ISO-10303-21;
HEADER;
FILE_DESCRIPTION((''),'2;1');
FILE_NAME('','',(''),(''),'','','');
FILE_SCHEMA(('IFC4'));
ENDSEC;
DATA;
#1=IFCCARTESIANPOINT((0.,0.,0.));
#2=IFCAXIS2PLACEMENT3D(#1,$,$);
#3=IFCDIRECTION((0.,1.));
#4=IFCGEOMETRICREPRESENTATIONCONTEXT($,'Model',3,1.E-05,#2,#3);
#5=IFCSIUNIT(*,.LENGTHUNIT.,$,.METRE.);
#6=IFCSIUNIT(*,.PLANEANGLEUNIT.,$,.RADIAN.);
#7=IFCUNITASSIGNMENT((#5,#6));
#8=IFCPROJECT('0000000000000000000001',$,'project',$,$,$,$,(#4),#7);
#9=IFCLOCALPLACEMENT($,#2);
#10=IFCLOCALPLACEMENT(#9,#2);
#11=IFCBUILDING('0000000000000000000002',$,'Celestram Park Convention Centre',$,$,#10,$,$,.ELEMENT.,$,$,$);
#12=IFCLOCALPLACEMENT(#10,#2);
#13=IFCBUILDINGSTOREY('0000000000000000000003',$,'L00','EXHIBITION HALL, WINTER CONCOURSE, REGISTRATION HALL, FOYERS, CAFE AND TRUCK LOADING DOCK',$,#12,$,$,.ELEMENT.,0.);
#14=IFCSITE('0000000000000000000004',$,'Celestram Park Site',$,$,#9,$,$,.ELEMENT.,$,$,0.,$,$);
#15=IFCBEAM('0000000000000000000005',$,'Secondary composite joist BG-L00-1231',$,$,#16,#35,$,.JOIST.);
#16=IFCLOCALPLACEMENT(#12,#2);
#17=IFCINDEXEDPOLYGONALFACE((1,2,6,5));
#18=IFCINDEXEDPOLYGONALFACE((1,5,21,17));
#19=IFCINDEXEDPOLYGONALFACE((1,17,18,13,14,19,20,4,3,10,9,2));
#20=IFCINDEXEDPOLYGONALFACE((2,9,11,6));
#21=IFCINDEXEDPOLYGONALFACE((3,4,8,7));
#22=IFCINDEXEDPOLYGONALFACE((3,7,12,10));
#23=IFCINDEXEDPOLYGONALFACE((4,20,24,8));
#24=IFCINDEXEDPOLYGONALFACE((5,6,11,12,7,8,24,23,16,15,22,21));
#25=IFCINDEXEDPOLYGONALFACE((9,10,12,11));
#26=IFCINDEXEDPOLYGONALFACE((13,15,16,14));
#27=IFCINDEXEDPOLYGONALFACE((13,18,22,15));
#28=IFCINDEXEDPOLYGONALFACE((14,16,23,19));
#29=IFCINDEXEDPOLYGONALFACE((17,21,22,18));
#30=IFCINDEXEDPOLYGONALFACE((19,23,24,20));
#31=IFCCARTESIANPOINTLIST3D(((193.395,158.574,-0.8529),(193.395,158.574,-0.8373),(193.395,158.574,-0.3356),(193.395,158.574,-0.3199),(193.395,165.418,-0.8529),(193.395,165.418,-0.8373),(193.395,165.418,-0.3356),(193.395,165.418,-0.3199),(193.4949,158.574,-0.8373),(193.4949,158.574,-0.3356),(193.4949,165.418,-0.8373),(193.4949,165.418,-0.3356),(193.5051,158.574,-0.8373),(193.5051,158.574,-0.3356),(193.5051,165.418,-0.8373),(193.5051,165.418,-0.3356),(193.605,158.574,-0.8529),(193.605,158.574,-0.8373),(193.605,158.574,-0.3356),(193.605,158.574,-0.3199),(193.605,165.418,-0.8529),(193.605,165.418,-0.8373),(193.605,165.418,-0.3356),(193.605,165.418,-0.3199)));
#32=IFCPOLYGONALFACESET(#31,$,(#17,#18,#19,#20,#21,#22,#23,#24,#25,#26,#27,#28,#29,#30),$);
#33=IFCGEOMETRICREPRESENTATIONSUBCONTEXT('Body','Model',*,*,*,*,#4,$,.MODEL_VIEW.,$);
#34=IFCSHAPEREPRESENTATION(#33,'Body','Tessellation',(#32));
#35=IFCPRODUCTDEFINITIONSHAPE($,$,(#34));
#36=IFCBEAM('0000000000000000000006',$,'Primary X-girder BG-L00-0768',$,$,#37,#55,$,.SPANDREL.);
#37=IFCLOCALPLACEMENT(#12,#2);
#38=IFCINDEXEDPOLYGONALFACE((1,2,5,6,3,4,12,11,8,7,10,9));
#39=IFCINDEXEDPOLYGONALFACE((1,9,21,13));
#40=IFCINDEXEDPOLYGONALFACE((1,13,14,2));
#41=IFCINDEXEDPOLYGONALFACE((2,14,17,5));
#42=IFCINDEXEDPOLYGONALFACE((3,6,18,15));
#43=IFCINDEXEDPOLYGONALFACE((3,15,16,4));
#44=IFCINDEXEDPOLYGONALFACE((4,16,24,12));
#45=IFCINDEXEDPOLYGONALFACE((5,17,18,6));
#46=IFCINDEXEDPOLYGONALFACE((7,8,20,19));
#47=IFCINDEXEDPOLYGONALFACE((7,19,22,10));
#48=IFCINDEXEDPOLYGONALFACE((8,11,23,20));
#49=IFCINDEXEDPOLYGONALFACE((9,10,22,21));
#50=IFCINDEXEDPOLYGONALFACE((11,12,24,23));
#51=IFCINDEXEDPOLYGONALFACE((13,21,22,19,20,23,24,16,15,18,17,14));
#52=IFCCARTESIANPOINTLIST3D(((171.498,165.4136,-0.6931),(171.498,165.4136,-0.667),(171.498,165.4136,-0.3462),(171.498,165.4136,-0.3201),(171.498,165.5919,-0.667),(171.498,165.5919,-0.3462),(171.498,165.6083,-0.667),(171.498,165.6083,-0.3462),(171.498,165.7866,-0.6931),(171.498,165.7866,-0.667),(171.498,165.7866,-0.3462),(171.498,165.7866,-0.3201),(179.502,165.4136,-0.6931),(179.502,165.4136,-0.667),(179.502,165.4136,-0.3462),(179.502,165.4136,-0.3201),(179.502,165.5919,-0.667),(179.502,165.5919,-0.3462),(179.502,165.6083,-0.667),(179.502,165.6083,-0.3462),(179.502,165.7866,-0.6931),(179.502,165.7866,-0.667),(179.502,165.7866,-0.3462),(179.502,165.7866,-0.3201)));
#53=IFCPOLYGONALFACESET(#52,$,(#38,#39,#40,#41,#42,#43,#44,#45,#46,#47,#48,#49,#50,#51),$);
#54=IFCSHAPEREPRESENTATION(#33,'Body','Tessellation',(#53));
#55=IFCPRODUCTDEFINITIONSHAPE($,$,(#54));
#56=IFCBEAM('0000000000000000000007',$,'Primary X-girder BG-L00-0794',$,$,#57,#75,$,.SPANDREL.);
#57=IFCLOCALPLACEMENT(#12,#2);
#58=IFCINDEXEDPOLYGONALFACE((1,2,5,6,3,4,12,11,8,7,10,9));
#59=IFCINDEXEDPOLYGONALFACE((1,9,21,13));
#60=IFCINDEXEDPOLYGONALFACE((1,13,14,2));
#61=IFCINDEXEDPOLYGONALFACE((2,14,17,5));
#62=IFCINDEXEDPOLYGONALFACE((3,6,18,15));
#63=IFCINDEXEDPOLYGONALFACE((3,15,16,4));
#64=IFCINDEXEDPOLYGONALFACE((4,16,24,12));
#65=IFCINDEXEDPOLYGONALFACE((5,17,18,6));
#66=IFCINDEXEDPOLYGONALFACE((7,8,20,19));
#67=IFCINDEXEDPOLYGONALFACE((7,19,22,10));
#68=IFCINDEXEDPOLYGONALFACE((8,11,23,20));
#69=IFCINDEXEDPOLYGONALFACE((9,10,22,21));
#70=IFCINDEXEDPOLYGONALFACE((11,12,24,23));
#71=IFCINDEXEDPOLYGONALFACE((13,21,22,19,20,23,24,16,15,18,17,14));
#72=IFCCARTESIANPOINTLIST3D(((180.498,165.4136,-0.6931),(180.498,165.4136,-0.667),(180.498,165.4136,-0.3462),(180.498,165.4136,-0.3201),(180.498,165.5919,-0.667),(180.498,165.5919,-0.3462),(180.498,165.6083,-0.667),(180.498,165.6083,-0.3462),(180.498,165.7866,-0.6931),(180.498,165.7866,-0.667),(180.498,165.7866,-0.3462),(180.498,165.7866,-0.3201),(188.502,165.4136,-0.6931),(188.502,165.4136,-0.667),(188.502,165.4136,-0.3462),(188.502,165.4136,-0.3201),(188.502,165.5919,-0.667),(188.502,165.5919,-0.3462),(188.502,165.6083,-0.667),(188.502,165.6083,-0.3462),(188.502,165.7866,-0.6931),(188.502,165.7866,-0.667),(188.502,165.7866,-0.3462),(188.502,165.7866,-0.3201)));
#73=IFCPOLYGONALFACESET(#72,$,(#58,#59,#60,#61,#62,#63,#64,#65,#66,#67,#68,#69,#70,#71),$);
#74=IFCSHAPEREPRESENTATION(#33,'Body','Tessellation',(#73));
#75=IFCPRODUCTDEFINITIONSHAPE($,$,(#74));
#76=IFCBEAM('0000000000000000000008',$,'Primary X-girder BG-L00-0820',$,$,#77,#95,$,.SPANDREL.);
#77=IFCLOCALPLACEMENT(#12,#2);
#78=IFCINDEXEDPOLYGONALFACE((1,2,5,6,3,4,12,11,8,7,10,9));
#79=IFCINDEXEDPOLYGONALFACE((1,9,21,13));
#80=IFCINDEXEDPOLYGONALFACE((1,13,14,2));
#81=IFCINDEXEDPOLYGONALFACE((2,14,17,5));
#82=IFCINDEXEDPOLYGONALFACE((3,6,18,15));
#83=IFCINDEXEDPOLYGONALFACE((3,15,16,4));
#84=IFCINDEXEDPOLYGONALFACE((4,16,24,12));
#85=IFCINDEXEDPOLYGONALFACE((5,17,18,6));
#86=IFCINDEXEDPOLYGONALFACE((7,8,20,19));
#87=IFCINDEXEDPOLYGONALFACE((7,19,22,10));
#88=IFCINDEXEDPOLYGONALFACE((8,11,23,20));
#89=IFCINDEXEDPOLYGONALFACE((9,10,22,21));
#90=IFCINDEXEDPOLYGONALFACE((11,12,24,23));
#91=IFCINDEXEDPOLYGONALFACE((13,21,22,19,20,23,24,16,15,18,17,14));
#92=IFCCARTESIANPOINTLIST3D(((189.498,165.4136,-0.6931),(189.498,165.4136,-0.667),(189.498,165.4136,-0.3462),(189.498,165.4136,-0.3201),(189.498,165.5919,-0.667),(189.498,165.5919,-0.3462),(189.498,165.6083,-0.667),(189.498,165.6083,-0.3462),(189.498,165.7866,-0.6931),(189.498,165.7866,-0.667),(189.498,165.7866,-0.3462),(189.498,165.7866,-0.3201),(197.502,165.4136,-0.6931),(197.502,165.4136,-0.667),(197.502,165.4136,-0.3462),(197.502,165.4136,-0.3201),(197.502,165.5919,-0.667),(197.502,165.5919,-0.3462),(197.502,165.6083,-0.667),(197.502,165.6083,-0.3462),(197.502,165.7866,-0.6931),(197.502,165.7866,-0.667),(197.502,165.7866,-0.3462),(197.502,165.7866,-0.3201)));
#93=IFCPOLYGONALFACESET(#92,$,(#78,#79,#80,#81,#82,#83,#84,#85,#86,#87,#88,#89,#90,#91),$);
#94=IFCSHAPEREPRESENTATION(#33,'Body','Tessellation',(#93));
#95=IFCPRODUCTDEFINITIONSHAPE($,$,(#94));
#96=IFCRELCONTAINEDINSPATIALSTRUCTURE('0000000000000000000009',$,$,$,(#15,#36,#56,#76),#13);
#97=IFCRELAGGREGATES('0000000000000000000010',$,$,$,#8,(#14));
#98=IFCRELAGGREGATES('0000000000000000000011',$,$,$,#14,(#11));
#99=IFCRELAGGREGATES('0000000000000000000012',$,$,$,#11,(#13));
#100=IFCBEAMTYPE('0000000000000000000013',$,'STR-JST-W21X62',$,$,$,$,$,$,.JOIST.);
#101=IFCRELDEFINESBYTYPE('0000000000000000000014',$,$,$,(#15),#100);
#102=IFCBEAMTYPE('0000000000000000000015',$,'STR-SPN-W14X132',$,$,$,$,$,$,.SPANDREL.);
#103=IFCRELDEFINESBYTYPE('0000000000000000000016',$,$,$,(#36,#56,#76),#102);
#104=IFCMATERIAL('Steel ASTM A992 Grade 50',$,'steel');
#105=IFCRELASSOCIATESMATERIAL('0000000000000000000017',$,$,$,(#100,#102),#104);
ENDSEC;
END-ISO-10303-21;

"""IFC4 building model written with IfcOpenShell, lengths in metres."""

from ifc_helpers import new_model, si_unit, direction, frame, origin, origin_2d, place, context, subcontext, project, spatial, i_section, extrude, material, material_profile, profile_set, type_object, element, save


model = new_model("IFC4")

# Units and contexts
model_context = context("Model", 3, precision=1e-05, world=origin(), true_north=direction((0.0, 1.0)))
body_context = subcontext(model_context, "Body", "Model", "MODEL_VIEW")
ifc_project = project(units=[si_unit("LENGTHUNIT", "METRE"), si_unit("PLANEANGLEUNIT", "RADIAN")], contexts=[model_context])

# Site, building, storey
site_placement = place(None, origin())
site = spatial("IfcSite", under=ifc_project, at=site_placement, Name="Celestram Park Site", CompositionType="ELEMENT", RefElevation=0.0)
building_placement = place(site_placement, origin())
building = spatial("IfcBuilding", under=site, at=building_placement, Name="Celestram Park Convention Centre", CompositionType="ELEMENT")
storey_placement = place(building_placement, origin())
storey = spatial("IfcBuildingStorey", under=building, at=storey_placement, Name="L00", Description="EXHIBITION HALL, WINTER CONCOURSE, REGISTRATION HALL, FOYERS, CAFE AND TRUCK LOADING DOCK", CompositionType="ELEMENT", Elevation=0.0)

# Beams
ifc_material_1 = material(Name="Steel ASTM A992 Grade 50", Category="steel")
ifc_material_profile_1 = material_profile(ifc_material_1, i_section(OverallWidth=0.21, OverallDepth=0.533, WebThickness=0.0103, FlangeThickness=0.0156, at=origin_2d()), Name="W21X62")
ifc_profile_set_1 = profile_set([ifc_material_profile_1], Name="Steel ASTM A992 Grade 50")
beam_type_1 = type_object("IfcBeamType", Name="STR-JST-W21X62", PredefinedType="JOIST", material=ifc_profile_set_1)
beam_1_placement = place(storey_placement, frame((193.5, 158.574, -0.5864), z_axis=(0.0, 1.0, 0.0), x_axis=(-1.0, 0.0, 0.0)))
element("IfcBeam", 1, at=beam_1_placement, inside=storey, type_object=beam_type_1, Name="Secondary composite joist BG-L00-1231", PredefinedType="JOIST", context=body_context, shape_type="SweptSolid", body=[
    extrude(i_section(OverallWidth=0.21, OverallDepth=0.533, WebThickness=0.0103, FlangeThickness=0.0156, at=origin_2d()), origin(), (0.0, 0.0, 1.0), 6.844),
])
ifc_material_profile_2 = material_profile(ifc_material_1, i_section(OverallWidth=0.373, OverallDepth=0.373, WebThickness=0.0164, FlangeThickness=0.0261, at=origin_2d()), Name="W14X132")
ifc_profile_set_2 = profile_set([ifc_material_profile_2], Name="Steel ASTM A992 Grade 50")
beam_type_2 = type_object("IfcBeamType", Name="STR-SPN-W14X132", PredefinedType="SPANDREL", material=ifc_profile_set_2)
for number, where, z_axis, x_axis, name in (
    (2, (171.498, 165.6001, -0.5066), (1.0, 0.0, 0.0), (0.0, 1.0, 0.0), "Primary X-girder BG-L00-0768"),
    (3, (180.498, 165.6001, -0.5066), (1.0, 0.0, 0.0), (0.0, 1.0, 0.0), "Primary X-girder BG-L00-0794"),
    (4, (189.498, 165.6001, -0.5066), (1.0, 0.0, 0.0), (0.0, 1.0, 0.0), "Primary X-girder BG-L00-0820"),
):
    element("IfcBeam", number, at=place(storey_placement, frame(where, z_axis=z_axis, x_axis=x_axis)), inside=storey, type_object=beam_type_2, Name=name, PredefinedType="SPANDREL", context=body_context, shape_type="SweptSolid", body=[
        extrude(i_section(OverallWidth=0.373, OverallDepth=0.373, WebThickness=0.0164, FlangeThickness=0.0261, at=origin_2d()), origin(), (0.0, 0.0, 1.0), 8.0039),
    ])

save(model, "model.ifc")
